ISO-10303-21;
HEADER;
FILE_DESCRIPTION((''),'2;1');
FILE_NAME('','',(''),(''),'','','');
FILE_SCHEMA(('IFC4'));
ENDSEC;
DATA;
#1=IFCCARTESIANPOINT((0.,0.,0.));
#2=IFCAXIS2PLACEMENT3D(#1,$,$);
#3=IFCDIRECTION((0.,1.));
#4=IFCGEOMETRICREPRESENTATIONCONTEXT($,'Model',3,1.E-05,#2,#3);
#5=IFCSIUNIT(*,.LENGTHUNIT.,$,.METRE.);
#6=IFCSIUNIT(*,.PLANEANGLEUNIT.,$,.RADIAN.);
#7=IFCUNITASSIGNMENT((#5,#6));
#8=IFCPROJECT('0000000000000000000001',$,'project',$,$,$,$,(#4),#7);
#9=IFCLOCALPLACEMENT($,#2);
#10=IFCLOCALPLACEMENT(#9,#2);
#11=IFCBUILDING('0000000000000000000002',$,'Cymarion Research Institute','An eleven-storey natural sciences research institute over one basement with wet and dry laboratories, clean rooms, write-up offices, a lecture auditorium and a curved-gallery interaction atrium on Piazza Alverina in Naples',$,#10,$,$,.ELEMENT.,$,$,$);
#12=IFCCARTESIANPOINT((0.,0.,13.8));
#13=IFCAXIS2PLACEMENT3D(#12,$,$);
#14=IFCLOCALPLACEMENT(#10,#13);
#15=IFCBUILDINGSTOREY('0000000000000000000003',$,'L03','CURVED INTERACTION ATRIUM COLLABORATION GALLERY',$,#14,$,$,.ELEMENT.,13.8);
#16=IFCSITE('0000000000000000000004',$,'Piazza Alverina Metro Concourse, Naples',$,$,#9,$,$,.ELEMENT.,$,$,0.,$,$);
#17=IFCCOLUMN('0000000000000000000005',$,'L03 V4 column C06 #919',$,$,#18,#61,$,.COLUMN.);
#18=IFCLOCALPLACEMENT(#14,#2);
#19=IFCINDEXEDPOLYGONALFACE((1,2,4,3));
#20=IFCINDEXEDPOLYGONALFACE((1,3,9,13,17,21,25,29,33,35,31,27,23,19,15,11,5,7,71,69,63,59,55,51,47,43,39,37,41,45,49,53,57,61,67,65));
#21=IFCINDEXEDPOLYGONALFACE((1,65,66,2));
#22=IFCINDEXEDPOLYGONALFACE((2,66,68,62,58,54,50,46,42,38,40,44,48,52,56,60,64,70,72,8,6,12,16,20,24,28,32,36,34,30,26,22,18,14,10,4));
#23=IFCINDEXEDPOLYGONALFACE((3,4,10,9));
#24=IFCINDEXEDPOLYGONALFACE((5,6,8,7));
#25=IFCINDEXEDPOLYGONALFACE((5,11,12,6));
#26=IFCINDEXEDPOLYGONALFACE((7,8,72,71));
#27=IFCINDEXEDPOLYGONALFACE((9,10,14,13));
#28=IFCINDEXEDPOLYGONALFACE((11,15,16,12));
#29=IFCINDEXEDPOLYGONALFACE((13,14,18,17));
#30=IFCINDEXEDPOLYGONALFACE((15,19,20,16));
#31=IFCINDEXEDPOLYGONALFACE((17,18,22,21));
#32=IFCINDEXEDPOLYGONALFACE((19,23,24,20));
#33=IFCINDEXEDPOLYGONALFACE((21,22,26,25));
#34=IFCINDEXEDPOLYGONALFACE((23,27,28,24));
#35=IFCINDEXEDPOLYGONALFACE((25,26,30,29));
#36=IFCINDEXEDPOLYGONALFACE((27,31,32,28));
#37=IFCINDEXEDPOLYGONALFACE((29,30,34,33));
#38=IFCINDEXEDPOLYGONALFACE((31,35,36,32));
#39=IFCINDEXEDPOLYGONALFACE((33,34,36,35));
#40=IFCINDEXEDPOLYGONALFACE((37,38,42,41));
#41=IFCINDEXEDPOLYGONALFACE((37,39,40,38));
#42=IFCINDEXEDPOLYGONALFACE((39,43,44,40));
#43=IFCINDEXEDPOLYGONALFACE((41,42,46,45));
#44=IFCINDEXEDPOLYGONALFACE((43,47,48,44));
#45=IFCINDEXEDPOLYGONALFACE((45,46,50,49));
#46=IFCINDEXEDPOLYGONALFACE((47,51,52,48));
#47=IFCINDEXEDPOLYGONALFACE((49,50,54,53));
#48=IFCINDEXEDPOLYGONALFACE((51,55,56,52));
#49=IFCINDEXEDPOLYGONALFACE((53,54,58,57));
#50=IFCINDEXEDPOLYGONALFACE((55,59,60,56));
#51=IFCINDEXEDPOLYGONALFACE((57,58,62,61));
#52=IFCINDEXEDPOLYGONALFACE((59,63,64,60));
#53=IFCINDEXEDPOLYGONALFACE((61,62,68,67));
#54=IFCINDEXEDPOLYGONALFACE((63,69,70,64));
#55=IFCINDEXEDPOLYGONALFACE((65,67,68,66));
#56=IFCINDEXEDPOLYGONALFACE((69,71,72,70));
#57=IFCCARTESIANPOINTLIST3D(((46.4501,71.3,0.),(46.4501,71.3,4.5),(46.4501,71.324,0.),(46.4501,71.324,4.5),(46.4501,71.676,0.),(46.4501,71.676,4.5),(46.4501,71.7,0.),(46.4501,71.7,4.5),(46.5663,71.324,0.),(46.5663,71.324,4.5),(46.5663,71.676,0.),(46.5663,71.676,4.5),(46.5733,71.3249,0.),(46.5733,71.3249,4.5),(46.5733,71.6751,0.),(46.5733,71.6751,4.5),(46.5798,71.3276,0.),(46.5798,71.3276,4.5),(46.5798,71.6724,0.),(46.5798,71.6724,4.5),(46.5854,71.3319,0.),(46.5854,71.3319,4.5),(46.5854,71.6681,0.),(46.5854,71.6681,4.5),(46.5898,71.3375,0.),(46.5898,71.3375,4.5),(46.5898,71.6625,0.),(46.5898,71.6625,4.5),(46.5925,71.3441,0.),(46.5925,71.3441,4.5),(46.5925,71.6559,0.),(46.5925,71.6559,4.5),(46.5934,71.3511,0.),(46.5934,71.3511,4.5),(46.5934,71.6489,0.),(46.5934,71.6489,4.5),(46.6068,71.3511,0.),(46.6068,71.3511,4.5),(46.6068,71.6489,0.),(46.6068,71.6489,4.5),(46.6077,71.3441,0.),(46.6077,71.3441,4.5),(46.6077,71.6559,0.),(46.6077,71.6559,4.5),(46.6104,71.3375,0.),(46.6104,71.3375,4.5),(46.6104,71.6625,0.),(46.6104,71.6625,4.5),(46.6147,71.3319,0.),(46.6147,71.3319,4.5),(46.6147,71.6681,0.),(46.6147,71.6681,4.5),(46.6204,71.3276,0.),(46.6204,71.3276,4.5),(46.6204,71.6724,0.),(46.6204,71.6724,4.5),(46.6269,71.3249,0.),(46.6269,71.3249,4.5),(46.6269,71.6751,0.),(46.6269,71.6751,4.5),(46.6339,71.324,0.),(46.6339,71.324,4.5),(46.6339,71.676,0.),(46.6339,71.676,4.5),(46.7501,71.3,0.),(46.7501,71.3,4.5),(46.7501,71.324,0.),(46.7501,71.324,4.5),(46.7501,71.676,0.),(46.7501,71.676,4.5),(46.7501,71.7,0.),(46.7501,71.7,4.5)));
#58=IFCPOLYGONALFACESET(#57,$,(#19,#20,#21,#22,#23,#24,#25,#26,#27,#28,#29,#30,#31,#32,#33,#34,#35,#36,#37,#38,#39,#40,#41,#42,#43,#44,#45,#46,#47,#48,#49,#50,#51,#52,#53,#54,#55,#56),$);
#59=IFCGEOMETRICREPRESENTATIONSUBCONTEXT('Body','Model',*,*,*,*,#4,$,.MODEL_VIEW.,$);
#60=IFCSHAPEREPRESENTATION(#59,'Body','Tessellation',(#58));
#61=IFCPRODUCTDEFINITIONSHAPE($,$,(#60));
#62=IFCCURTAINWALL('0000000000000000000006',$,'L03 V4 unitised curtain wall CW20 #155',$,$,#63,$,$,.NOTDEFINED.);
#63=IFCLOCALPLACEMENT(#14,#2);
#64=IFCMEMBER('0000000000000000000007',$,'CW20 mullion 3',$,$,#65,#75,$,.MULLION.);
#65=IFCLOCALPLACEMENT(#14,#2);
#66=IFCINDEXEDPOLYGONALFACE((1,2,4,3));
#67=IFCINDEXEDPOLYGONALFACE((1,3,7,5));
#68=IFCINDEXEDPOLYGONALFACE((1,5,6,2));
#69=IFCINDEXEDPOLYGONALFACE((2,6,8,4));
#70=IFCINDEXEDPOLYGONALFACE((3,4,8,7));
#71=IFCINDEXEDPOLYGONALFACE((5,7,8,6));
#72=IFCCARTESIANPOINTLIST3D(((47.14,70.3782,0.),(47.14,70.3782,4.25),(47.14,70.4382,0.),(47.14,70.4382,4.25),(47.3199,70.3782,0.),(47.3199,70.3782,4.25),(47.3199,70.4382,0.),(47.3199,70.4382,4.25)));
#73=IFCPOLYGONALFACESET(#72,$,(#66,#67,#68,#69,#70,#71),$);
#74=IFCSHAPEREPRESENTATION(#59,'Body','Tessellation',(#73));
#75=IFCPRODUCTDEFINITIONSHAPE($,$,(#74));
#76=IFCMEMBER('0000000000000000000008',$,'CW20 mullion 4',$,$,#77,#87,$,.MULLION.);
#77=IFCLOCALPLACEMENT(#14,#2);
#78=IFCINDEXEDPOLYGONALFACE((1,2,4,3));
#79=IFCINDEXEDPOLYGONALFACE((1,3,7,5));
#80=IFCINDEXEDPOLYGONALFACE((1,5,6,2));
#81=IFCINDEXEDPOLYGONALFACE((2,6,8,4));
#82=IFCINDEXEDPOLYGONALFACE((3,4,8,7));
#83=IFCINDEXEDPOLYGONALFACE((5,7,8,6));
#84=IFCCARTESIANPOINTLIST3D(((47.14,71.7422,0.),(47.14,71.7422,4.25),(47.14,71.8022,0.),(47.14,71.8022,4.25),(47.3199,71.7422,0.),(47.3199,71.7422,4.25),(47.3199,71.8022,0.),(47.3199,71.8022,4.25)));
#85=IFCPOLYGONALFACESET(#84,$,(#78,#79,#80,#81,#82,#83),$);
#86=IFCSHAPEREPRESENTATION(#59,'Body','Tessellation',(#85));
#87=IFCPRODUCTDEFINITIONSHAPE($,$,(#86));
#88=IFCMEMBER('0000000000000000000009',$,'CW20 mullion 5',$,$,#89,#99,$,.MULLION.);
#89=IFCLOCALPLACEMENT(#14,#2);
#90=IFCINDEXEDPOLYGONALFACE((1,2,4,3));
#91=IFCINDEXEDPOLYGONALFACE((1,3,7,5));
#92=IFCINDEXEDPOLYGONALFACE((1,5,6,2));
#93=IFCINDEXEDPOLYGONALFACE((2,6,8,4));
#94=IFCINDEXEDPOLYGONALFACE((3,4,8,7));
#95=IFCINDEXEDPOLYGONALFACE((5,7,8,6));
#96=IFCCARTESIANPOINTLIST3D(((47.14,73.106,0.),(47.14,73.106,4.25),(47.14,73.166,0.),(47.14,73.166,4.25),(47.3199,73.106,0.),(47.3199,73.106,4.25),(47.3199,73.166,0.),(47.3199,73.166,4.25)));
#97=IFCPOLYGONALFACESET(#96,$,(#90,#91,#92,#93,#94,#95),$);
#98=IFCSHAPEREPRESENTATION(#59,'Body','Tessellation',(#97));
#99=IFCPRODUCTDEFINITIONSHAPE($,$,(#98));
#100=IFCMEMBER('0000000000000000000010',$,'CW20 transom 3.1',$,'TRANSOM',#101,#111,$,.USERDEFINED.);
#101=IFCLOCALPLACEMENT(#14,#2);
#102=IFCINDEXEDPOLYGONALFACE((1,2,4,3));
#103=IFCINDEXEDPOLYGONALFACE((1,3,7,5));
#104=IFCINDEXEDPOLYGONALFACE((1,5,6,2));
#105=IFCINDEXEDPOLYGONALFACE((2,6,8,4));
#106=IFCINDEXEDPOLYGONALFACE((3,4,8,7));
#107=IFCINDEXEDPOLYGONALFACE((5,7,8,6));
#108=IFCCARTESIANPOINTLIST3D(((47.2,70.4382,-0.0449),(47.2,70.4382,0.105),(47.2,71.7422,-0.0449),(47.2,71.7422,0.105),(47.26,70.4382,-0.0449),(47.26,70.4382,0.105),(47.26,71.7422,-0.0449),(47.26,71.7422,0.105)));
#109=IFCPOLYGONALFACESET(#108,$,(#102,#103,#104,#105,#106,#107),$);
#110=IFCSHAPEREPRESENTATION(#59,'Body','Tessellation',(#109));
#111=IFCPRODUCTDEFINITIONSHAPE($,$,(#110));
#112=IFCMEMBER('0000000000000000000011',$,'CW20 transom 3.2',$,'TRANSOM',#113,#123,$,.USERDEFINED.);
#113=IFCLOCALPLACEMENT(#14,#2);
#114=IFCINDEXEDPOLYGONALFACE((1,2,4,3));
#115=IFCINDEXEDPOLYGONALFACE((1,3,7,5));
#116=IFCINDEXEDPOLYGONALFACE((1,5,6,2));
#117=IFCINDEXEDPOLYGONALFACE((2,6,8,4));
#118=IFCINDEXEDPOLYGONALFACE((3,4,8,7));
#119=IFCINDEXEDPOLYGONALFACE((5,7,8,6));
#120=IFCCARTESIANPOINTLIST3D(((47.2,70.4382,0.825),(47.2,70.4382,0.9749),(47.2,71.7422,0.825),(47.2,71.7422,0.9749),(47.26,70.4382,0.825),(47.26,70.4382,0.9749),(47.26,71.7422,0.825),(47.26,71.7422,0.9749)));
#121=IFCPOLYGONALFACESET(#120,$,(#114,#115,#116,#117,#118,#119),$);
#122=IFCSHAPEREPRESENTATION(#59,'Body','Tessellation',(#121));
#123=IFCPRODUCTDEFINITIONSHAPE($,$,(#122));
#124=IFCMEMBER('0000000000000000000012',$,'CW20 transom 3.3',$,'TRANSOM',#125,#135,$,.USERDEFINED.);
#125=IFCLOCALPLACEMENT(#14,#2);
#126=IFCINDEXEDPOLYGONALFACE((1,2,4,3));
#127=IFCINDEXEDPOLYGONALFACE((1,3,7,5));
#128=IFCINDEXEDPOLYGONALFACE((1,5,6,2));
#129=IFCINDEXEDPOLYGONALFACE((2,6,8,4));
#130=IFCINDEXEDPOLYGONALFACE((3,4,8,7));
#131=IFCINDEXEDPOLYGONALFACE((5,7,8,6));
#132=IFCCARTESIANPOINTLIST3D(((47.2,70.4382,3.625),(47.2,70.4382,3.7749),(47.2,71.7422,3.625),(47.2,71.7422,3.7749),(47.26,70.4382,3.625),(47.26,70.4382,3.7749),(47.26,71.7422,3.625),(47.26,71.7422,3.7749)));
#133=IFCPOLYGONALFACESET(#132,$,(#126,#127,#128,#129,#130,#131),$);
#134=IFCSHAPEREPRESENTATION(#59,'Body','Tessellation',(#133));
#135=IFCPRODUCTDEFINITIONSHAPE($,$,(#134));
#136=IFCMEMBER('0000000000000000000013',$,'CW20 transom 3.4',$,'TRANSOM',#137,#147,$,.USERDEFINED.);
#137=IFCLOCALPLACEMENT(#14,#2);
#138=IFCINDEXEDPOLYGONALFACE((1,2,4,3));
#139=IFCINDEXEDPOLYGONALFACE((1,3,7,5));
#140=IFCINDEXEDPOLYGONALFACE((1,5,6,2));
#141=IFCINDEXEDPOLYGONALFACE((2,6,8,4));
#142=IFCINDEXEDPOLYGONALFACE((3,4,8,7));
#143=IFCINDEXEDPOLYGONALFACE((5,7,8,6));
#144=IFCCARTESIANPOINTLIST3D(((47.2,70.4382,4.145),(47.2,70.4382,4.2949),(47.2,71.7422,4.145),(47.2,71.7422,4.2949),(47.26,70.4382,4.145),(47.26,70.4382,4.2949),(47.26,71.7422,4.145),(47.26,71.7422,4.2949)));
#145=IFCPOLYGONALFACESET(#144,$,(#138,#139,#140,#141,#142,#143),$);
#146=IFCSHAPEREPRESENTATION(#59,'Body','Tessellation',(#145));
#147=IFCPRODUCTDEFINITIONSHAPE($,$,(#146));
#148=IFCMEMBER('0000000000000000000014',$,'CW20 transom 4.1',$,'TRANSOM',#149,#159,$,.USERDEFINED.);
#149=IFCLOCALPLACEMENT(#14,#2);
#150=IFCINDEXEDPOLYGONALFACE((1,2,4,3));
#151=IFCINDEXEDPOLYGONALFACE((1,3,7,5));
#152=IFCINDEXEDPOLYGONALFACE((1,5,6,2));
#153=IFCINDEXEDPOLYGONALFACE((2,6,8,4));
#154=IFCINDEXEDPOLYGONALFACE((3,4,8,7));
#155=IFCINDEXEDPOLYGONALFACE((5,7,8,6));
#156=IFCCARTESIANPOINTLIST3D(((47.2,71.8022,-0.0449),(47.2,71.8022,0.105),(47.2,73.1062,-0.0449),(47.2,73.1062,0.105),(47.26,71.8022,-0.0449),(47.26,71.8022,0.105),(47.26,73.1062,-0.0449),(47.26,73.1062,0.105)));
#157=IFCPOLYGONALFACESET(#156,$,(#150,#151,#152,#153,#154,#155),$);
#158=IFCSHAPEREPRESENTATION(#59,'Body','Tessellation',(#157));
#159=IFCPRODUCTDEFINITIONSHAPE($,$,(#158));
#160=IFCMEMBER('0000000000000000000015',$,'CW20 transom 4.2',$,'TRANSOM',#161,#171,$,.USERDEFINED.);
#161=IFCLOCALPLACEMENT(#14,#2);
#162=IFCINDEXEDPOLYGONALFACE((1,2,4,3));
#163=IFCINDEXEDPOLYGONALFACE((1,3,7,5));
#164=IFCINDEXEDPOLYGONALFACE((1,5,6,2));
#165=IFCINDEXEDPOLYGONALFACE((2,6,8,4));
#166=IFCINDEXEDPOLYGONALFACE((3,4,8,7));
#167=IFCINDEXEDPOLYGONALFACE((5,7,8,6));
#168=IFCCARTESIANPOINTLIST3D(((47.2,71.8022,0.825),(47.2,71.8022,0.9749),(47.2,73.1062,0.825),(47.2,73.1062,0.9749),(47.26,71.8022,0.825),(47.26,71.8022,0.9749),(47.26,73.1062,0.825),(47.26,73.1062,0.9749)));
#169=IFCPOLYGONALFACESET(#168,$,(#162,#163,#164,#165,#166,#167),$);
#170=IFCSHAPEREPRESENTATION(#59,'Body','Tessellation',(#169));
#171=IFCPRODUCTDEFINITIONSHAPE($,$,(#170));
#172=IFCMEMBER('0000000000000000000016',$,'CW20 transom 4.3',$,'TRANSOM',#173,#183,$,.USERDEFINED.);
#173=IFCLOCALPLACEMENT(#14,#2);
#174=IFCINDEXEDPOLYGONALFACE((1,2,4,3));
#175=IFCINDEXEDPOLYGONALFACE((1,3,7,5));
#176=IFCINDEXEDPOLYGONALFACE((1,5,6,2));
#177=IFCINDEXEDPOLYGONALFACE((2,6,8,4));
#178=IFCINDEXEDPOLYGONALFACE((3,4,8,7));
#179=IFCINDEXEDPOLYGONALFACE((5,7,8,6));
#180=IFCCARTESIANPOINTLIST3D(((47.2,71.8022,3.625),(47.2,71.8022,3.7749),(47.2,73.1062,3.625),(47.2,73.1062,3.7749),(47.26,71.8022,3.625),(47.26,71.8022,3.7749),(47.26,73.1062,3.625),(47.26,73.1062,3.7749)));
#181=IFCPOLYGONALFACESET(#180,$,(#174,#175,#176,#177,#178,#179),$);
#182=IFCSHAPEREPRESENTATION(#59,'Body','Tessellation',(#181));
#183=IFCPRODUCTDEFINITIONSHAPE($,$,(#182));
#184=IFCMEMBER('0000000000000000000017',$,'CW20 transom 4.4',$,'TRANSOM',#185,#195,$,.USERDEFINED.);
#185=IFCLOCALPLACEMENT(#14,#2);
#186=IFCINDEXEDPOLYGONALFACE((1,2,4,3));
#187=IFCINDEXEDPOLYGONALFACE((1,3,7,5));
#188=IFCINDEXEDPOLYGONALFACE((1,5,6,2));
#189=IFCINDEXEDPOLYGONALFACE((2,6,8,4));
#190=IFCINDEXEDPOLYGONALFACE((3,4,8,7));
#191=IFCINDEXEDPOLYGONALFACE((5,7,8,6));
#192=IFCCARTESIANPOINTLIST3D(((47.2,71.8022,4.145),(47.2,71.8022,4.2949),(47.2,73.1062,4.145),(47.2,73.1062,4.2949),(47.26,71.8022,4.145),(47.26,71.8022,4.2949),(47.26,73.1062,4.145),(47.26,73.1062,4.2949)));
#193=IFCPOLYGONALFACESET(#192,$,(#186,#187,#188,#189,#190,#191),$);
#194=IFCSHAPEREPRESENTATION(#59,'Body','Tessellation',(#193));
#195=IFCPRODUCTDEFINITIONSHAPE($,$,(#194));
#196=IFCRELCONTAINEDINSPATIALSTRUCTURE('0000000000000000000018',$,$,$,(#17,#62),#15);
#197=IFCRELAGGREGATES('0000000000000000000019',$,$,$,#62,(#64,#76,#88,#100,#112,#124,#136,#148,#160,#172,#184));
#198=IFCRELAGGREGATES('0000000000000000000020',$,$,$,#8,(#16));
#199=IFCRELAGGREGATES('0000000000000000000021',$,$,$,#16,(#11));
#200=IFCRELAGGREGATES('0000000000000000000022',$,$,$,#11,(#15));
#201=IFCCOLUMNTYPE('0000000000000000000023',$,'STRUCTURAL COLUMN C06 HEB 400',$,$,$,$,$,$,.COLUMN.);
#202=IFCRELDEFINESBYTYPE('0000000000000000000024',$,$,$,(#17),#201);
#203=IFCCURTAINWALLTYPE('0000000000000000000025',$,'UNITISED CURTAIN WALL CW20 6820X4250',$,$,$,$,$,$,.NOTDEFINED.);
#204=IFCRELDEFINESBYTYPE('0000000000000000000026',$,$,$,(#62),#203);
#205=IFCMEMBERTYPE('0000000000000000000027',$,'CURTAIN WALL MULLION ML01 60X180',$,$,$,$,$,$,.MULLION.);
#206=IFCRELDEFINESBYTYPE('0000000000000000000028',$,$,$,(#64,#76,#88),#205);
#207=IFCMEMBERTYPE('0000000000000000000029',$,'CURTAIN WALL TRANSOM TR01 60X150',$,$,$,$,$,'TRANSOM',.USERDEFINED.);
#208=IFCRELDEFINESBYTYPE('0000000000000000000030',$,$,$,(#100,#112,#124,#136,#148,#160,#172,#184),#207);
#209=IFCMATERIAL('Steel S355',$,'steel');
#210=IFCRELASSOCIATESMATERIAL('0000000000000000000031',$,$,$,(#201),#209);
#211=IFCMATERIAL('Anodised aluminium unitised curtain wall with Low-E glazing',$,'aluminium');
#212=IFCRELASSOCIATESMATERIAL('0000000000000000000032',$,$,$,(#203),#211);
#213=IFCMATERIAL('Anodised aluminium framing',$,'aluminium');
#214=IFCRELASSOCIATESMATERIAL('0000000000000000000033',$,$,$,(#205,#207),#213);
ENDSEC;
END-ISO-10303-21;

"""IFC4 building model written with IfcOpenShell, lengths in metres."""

from ifc_helpers import new_model, si_unit, direction, frame, origin, origin_2d, place, context, subcontext, project, spatial, rectangle, i_section, extrude, material, material_profile, profile_set, type_object, element, aggregate, save


model = new_model("IFC4")

# Units and contexts
model_context = context("Model", 3, precision=1e-05, world=origin(), true_north=direction((0.0, 1.0)))
body_context = subcontext(model_context, "Body", "Model", "MODEL_VIEW")
ifc_project = project(units=[si_unit("LENGTHUNIT", "METRE"), si_unit("PLANEANGLEUNIT", "RADIAN")], contexts=[model_context])

# Site, building, storey
site_placement = place(None, origin())
site = spatial("IfcSite", under=ifc_project, at=site_placement, Name="Piazza Alverina Metro Concourse, Naples", CompositionType="ELEMENT", RefElevation=0.0)
building_placement = place(site_placement, origin())
building = spatial("IfcBuilding", under=site, at=building_placement, Name="Cymarion Research Institute", Description="An eleven-storey natural sciences research institute over one basement with wet and dry laboratories, clean rooms, write-up offices, a lecture auditorium and a curved-gallery interaction atrium on Piazza Alverina in Naples", CompositionType="ELEMENT")
storey_placement = place(building_placement, frame((0.0, 0.0, 13.8)))
storey = spatial("IfcBuildingStorey", under=building, at=storey_placement, Name="L03", Description="CURVED INTERACTION ATRIUM COLLABORATION GALLERY", CompositionType="ELEMENT", Elevation=13.8)

# Column
ifc_material_1 = material(Name="Steel S355", Category="steel")
ifc_material_profile_1 = material_profile(ifc_material_1, i_section(OverallWidth=0.3, OverallDepth=0.3999, WebThickness=0.0134, FlangeThickness=0.0239, FilletRadius=0.0271, at=origin_2d()), Name="HEB 400")
ifc_profile_set_1 = profile_set([ifc_material_profile_1], Name="Steel S355")
column_type = type_object("IfcColumnType", Name="STRUCTURAL COLUMN C06 HEB 400", PredefinedType="COLUMN", material=ifc_profile_set_1)
column_placement = place(storey_placement, frame((46.6001, 71.5, 0.0), z_axis=(0.0, 0.0, 1.0), x_axis=(1.0, 0.0, 0.0)))
element("IfcColumn", 1, at=column_placement, inside=storey, type_object=column_type, Name="L03 V4 column C06 #919", PredefinedType="COLUMN", context=body_context, shape_type="SweptSolid", body=[
    extrude(i_section(OverallWidth=0.3, OverallDepth=0.3999, WebThickness=0.0134, FlangeThickness=0.0239, FilletRadius=0.0271, at=origin_2d()), origin(), (0.0, 0.0, 1.0), 4.5),
])

# Curtain wall, members
ifc_material_2 = material(Name="Anodised aluminium unitised curtain wall with Low-E glazing", Category="aluminium")
curtain_wall_type = type_object("IfcCurtainWallType", Name="UNITISED CURTAIN WALL CW20 6820X4250", PredefinedType="NOTDEFINED", material=ifc_material_2)
curtain_wall_placement = place(storey_placement, origin())
curtain_wall = element("IfcCurtainWall", 2, at=curtain_wall_placement, inside=storey, type_object=curtain_wall_type, Name="L03 V4 unitised curtain wall CW20 #155", PredefinedType="NOTDEFINED")
ifc_material_3 = material(Name="Anodised aluminium framing", Category="aluminium")
ifc_material_profile_2 = material_profile(ifc_material_3, rectangle(XDim=0.0601, YDim=0.1799, at=origin_2d()), Name="ALU MULLION 60x180")
ifc_profile_set_2 = profile_set([ifc_material_profile_2], Name="Anodised aluminium framing")
member_type_1 = type_object("IfcMemberType", Name="CURTAIN WALL MULLION ML01 60X180", PredefinedType="MULLION", material=ifc_profile_set_2)
member_1_placement = place(storey_placement, frame((47.23, 70.4082, 0.0), z_axis=(0.0, 0.0, 1.0), x_axis=(0.0, 1.0, 0.0)))
member_1 = element("IfcMember", 3, at=member_1_placement, type_object=member_type_1, Name="CW20 mullion 3", PredefinedType="MULLION", context=body_context, shape_type="SweptSolid", body=[
    extrude(rectangle(XDim=0.0601, YDim=0.1799, at=origin_2d()), origin(), (0.0, 0.0, 1.0), 4.25),
])
member_2_placement = place(storey_placement, frame((47.23, 71.7722, 0.0), z_axis=(0.0, 0.0, 1.0), x_axis=(0.0, 1.0, 0.0)))
member_2 = element("IfcMember", 4, at=member_2_placement, type_object=member_type_1, Name="CW20 mullion 4", PredefinedType="MULLION", context=body_context, shape_type="SweptSolid", body=[
    extrude(rectangle(XDim=0.0601, YDim=0.1799, at=origin_2d()), origin(), (0.0, 0.0, 1.0), 4.25),
])
member_3_placement = place(storey_placement, frame((47.23, 73.136, 0.0), z_axis=(0.0, 0.0, 1.0), x_axis=(0.0, 1.0, 0.0)))
member_3 = element("IfcMember", 5, at=member_3_placement, type_object=member_type_1, Name="CW20 mullion 5", PredefinedType="MULLION", context=body_context, shape_type="SweptSolid", body=[
    extrude(rectangle(XDim=0.0601, YDim=0.1799, at=origin_2d()), origin(), (0.0, 0.0, 1.0), 4.25),
])
ifc_material_profile_3 = material_profile(ifc_material_3, rectangle(XDim=0.0601, YDim=0.1499, at=origin_2d()), Name="ALU TRANSOM 60x150")
ifc_profile_set_3 = profile_set([ifc_material_profile_3], Name="Anodised aluminium framing")
member_type_2 = type_object("IfcMemberType", Name="CURTAIN WALL TRANSOM TR01 60X150", ElementType="TRANSOM", PredefinedType="USERDEFINED", material=ifc_profile_set_3)
member_4_placement = place(storey_placement, frame((47.23, 70.4382, 0.03), z_axis=(0.0, 1.0, 0.0), x_axis=(-1.0, 0.0, 0.0)))
member_4 = element("IfcMember", 6, at=member_4_placement, type_object=member_type_2, Name="CW20 transom 3.1", ObjectType="TRANSOM", PredefinedType="USERDEFINED", context=body_context, shape_type="SweptSolid", body=[
    extrude(rectangle(XDim=0.0601, YDim=0.1499, at=origin_2d()), origin(), (0.0, 0.0, 1.0), 1.304),
])
member_5_placement = place(storey_placement, frame((47.23, 70.4382, 0.8999), z_axis=(0.0, 1.0, 0.0), x_axis=(-1.0, 0.0, 0.0)))
member_5 = element("IfcMember", 7, at=member_5_placement, type_object=member_type_2, Name="CW20 transom 3.2", ObjectType="TRANSOM", PredefinedType="USERDEFINED", context=body_context, shape_type="SweptSolid", body=[
    extrude(rectangle(XDim=0.0601, YDim=0.1499, at=origin_2d()), origin(), (0.0, 0.0, 1.0), 1.304),
])
member_6_placement = place(storey_placement, frame((47.23, 70.4382, 3.7), z_axis=(0.0, 1.0, 0.0), x_axis=(-1.0, 0.0, 0.0)))
member_6 = element("IfcMember", 8, at=member_6_placement, type_object=member_type_2, Name="CW20 transom 3.3", ObjectType="TRANSOM", PredefinedType="USERDEFINED", context=body_context, shape_type="SweptSolid", body=[
    extrude(rectangle(XDim=0.0601, YDim=0.1499, at=origin_2d()), origin(), (0.0, 0.0, 1.0), 1.304),
])
member_7_placement = place(storey_placement, frame((47.23, 70.4382, 4.22), z_axis=(0.0, 1.0, 0.0), x_axis=(-1.0, 0.0, 0.0)))
member_7 = element("IfcMember", 9, at=member_7_placement, type_object=member_type_2, Name="CW20 transom 3.4", ObjectType="TRANSOM", PredefinedType="USERDEFINED", context=body_context, shape_type="SweptSolid", body=[
    extrude(rectangle(XDim=0.0601, YDim=0.1499, at=origin_2d()), origin(), (0.0, 0.0, 1.0), 1.304),
])
member_8_placement = place(storey_placement, frame((47.23, 71.8022, 0.03), z_axis=(0.0, 1.0, 0.0), x_axis=(-1.0, 0.0, 0.0)))
member_8 = element("IfcMember", 10, at=member_8_placement, type_object=member_type_2, Name="CW20 transom 4.1", ObjectType="TRANSOM", PredefinedType="USERDEFINED", context=body_context, shape_type="SweptSolid", body=[
    extrude(rectangle(XDim=0.0601, YDim=0.1499, at=origin_2d()), origin(), (0.0, 0.0, 1.0), 1.304),
])
member_9_placement = place(storey_placement, frame((47.23, 71.8022, 0.8999), z_axis=(0.0, 1.0, 0.0), x_axis=(-1.0, 0.0, 0.0)))
member_9 = element("IfcMember", 11, at=member_9_placement, type_object=member_type_2, Name="CW20 transom 4.2", ObjectType="TRANSOM", PredefinedType="USERDEFINED", context=body_context, shape_type="SweptSolid", body=[
    extrude(rectangle(XDim=0.0601, YDim=0.1499, at=origin_2d()), origin(), (0.0, 0.0, 1.0), 1.304),
])
member_10_placement = place(storey_placement, frame((47.23, 71.8022, 3.7), z_axis=(0.0, 1.0, 0.0), x_axis=(-1.0, 0.0, 0.0)))
member_10 = element("IfcMember", 12, at=member_10_placement, type_object=member_type_2, Name="CW20 transom 4.3", ObjectType="TRANSOM", PredefinedType="USERDEFINED", context=body_context, shape_type="SweptSolid", body=[
    extrude(rectangle(XDim=0.0601, YDim=0.1499, at=origin_2d()), origin(), (0.0, 0.0, 1.0), 1.304),
])
member_11_placement = place(storey_placement, frame((47.23, 71.8022, 4.22), z_axis=(0.0, 1.0, 0.0), x_axis=(-1.0, 0.0, 0.0)))
member_11 = element("IfcMember", 13, at=member_11_placement, type_object=member_type_2, Name="CW20 transom 4.4", ObjectType="TRANSOM", PredefinedType="USERDEFINED", context=body_context, shape_type="SweptSolid", body=[
    extrude(rectangle(XDim=0.0601, YDim=0.1499, at=origin_2d()), origin(), (0.0, 0.0, 1.0), 1.304),
])
aggregate(curtain_wall, [member_1, member_2, member_3, member_4, member_5, member_6, member_7, member_8, member_9, member_10, member_11])

save(model, "model.ifc")
